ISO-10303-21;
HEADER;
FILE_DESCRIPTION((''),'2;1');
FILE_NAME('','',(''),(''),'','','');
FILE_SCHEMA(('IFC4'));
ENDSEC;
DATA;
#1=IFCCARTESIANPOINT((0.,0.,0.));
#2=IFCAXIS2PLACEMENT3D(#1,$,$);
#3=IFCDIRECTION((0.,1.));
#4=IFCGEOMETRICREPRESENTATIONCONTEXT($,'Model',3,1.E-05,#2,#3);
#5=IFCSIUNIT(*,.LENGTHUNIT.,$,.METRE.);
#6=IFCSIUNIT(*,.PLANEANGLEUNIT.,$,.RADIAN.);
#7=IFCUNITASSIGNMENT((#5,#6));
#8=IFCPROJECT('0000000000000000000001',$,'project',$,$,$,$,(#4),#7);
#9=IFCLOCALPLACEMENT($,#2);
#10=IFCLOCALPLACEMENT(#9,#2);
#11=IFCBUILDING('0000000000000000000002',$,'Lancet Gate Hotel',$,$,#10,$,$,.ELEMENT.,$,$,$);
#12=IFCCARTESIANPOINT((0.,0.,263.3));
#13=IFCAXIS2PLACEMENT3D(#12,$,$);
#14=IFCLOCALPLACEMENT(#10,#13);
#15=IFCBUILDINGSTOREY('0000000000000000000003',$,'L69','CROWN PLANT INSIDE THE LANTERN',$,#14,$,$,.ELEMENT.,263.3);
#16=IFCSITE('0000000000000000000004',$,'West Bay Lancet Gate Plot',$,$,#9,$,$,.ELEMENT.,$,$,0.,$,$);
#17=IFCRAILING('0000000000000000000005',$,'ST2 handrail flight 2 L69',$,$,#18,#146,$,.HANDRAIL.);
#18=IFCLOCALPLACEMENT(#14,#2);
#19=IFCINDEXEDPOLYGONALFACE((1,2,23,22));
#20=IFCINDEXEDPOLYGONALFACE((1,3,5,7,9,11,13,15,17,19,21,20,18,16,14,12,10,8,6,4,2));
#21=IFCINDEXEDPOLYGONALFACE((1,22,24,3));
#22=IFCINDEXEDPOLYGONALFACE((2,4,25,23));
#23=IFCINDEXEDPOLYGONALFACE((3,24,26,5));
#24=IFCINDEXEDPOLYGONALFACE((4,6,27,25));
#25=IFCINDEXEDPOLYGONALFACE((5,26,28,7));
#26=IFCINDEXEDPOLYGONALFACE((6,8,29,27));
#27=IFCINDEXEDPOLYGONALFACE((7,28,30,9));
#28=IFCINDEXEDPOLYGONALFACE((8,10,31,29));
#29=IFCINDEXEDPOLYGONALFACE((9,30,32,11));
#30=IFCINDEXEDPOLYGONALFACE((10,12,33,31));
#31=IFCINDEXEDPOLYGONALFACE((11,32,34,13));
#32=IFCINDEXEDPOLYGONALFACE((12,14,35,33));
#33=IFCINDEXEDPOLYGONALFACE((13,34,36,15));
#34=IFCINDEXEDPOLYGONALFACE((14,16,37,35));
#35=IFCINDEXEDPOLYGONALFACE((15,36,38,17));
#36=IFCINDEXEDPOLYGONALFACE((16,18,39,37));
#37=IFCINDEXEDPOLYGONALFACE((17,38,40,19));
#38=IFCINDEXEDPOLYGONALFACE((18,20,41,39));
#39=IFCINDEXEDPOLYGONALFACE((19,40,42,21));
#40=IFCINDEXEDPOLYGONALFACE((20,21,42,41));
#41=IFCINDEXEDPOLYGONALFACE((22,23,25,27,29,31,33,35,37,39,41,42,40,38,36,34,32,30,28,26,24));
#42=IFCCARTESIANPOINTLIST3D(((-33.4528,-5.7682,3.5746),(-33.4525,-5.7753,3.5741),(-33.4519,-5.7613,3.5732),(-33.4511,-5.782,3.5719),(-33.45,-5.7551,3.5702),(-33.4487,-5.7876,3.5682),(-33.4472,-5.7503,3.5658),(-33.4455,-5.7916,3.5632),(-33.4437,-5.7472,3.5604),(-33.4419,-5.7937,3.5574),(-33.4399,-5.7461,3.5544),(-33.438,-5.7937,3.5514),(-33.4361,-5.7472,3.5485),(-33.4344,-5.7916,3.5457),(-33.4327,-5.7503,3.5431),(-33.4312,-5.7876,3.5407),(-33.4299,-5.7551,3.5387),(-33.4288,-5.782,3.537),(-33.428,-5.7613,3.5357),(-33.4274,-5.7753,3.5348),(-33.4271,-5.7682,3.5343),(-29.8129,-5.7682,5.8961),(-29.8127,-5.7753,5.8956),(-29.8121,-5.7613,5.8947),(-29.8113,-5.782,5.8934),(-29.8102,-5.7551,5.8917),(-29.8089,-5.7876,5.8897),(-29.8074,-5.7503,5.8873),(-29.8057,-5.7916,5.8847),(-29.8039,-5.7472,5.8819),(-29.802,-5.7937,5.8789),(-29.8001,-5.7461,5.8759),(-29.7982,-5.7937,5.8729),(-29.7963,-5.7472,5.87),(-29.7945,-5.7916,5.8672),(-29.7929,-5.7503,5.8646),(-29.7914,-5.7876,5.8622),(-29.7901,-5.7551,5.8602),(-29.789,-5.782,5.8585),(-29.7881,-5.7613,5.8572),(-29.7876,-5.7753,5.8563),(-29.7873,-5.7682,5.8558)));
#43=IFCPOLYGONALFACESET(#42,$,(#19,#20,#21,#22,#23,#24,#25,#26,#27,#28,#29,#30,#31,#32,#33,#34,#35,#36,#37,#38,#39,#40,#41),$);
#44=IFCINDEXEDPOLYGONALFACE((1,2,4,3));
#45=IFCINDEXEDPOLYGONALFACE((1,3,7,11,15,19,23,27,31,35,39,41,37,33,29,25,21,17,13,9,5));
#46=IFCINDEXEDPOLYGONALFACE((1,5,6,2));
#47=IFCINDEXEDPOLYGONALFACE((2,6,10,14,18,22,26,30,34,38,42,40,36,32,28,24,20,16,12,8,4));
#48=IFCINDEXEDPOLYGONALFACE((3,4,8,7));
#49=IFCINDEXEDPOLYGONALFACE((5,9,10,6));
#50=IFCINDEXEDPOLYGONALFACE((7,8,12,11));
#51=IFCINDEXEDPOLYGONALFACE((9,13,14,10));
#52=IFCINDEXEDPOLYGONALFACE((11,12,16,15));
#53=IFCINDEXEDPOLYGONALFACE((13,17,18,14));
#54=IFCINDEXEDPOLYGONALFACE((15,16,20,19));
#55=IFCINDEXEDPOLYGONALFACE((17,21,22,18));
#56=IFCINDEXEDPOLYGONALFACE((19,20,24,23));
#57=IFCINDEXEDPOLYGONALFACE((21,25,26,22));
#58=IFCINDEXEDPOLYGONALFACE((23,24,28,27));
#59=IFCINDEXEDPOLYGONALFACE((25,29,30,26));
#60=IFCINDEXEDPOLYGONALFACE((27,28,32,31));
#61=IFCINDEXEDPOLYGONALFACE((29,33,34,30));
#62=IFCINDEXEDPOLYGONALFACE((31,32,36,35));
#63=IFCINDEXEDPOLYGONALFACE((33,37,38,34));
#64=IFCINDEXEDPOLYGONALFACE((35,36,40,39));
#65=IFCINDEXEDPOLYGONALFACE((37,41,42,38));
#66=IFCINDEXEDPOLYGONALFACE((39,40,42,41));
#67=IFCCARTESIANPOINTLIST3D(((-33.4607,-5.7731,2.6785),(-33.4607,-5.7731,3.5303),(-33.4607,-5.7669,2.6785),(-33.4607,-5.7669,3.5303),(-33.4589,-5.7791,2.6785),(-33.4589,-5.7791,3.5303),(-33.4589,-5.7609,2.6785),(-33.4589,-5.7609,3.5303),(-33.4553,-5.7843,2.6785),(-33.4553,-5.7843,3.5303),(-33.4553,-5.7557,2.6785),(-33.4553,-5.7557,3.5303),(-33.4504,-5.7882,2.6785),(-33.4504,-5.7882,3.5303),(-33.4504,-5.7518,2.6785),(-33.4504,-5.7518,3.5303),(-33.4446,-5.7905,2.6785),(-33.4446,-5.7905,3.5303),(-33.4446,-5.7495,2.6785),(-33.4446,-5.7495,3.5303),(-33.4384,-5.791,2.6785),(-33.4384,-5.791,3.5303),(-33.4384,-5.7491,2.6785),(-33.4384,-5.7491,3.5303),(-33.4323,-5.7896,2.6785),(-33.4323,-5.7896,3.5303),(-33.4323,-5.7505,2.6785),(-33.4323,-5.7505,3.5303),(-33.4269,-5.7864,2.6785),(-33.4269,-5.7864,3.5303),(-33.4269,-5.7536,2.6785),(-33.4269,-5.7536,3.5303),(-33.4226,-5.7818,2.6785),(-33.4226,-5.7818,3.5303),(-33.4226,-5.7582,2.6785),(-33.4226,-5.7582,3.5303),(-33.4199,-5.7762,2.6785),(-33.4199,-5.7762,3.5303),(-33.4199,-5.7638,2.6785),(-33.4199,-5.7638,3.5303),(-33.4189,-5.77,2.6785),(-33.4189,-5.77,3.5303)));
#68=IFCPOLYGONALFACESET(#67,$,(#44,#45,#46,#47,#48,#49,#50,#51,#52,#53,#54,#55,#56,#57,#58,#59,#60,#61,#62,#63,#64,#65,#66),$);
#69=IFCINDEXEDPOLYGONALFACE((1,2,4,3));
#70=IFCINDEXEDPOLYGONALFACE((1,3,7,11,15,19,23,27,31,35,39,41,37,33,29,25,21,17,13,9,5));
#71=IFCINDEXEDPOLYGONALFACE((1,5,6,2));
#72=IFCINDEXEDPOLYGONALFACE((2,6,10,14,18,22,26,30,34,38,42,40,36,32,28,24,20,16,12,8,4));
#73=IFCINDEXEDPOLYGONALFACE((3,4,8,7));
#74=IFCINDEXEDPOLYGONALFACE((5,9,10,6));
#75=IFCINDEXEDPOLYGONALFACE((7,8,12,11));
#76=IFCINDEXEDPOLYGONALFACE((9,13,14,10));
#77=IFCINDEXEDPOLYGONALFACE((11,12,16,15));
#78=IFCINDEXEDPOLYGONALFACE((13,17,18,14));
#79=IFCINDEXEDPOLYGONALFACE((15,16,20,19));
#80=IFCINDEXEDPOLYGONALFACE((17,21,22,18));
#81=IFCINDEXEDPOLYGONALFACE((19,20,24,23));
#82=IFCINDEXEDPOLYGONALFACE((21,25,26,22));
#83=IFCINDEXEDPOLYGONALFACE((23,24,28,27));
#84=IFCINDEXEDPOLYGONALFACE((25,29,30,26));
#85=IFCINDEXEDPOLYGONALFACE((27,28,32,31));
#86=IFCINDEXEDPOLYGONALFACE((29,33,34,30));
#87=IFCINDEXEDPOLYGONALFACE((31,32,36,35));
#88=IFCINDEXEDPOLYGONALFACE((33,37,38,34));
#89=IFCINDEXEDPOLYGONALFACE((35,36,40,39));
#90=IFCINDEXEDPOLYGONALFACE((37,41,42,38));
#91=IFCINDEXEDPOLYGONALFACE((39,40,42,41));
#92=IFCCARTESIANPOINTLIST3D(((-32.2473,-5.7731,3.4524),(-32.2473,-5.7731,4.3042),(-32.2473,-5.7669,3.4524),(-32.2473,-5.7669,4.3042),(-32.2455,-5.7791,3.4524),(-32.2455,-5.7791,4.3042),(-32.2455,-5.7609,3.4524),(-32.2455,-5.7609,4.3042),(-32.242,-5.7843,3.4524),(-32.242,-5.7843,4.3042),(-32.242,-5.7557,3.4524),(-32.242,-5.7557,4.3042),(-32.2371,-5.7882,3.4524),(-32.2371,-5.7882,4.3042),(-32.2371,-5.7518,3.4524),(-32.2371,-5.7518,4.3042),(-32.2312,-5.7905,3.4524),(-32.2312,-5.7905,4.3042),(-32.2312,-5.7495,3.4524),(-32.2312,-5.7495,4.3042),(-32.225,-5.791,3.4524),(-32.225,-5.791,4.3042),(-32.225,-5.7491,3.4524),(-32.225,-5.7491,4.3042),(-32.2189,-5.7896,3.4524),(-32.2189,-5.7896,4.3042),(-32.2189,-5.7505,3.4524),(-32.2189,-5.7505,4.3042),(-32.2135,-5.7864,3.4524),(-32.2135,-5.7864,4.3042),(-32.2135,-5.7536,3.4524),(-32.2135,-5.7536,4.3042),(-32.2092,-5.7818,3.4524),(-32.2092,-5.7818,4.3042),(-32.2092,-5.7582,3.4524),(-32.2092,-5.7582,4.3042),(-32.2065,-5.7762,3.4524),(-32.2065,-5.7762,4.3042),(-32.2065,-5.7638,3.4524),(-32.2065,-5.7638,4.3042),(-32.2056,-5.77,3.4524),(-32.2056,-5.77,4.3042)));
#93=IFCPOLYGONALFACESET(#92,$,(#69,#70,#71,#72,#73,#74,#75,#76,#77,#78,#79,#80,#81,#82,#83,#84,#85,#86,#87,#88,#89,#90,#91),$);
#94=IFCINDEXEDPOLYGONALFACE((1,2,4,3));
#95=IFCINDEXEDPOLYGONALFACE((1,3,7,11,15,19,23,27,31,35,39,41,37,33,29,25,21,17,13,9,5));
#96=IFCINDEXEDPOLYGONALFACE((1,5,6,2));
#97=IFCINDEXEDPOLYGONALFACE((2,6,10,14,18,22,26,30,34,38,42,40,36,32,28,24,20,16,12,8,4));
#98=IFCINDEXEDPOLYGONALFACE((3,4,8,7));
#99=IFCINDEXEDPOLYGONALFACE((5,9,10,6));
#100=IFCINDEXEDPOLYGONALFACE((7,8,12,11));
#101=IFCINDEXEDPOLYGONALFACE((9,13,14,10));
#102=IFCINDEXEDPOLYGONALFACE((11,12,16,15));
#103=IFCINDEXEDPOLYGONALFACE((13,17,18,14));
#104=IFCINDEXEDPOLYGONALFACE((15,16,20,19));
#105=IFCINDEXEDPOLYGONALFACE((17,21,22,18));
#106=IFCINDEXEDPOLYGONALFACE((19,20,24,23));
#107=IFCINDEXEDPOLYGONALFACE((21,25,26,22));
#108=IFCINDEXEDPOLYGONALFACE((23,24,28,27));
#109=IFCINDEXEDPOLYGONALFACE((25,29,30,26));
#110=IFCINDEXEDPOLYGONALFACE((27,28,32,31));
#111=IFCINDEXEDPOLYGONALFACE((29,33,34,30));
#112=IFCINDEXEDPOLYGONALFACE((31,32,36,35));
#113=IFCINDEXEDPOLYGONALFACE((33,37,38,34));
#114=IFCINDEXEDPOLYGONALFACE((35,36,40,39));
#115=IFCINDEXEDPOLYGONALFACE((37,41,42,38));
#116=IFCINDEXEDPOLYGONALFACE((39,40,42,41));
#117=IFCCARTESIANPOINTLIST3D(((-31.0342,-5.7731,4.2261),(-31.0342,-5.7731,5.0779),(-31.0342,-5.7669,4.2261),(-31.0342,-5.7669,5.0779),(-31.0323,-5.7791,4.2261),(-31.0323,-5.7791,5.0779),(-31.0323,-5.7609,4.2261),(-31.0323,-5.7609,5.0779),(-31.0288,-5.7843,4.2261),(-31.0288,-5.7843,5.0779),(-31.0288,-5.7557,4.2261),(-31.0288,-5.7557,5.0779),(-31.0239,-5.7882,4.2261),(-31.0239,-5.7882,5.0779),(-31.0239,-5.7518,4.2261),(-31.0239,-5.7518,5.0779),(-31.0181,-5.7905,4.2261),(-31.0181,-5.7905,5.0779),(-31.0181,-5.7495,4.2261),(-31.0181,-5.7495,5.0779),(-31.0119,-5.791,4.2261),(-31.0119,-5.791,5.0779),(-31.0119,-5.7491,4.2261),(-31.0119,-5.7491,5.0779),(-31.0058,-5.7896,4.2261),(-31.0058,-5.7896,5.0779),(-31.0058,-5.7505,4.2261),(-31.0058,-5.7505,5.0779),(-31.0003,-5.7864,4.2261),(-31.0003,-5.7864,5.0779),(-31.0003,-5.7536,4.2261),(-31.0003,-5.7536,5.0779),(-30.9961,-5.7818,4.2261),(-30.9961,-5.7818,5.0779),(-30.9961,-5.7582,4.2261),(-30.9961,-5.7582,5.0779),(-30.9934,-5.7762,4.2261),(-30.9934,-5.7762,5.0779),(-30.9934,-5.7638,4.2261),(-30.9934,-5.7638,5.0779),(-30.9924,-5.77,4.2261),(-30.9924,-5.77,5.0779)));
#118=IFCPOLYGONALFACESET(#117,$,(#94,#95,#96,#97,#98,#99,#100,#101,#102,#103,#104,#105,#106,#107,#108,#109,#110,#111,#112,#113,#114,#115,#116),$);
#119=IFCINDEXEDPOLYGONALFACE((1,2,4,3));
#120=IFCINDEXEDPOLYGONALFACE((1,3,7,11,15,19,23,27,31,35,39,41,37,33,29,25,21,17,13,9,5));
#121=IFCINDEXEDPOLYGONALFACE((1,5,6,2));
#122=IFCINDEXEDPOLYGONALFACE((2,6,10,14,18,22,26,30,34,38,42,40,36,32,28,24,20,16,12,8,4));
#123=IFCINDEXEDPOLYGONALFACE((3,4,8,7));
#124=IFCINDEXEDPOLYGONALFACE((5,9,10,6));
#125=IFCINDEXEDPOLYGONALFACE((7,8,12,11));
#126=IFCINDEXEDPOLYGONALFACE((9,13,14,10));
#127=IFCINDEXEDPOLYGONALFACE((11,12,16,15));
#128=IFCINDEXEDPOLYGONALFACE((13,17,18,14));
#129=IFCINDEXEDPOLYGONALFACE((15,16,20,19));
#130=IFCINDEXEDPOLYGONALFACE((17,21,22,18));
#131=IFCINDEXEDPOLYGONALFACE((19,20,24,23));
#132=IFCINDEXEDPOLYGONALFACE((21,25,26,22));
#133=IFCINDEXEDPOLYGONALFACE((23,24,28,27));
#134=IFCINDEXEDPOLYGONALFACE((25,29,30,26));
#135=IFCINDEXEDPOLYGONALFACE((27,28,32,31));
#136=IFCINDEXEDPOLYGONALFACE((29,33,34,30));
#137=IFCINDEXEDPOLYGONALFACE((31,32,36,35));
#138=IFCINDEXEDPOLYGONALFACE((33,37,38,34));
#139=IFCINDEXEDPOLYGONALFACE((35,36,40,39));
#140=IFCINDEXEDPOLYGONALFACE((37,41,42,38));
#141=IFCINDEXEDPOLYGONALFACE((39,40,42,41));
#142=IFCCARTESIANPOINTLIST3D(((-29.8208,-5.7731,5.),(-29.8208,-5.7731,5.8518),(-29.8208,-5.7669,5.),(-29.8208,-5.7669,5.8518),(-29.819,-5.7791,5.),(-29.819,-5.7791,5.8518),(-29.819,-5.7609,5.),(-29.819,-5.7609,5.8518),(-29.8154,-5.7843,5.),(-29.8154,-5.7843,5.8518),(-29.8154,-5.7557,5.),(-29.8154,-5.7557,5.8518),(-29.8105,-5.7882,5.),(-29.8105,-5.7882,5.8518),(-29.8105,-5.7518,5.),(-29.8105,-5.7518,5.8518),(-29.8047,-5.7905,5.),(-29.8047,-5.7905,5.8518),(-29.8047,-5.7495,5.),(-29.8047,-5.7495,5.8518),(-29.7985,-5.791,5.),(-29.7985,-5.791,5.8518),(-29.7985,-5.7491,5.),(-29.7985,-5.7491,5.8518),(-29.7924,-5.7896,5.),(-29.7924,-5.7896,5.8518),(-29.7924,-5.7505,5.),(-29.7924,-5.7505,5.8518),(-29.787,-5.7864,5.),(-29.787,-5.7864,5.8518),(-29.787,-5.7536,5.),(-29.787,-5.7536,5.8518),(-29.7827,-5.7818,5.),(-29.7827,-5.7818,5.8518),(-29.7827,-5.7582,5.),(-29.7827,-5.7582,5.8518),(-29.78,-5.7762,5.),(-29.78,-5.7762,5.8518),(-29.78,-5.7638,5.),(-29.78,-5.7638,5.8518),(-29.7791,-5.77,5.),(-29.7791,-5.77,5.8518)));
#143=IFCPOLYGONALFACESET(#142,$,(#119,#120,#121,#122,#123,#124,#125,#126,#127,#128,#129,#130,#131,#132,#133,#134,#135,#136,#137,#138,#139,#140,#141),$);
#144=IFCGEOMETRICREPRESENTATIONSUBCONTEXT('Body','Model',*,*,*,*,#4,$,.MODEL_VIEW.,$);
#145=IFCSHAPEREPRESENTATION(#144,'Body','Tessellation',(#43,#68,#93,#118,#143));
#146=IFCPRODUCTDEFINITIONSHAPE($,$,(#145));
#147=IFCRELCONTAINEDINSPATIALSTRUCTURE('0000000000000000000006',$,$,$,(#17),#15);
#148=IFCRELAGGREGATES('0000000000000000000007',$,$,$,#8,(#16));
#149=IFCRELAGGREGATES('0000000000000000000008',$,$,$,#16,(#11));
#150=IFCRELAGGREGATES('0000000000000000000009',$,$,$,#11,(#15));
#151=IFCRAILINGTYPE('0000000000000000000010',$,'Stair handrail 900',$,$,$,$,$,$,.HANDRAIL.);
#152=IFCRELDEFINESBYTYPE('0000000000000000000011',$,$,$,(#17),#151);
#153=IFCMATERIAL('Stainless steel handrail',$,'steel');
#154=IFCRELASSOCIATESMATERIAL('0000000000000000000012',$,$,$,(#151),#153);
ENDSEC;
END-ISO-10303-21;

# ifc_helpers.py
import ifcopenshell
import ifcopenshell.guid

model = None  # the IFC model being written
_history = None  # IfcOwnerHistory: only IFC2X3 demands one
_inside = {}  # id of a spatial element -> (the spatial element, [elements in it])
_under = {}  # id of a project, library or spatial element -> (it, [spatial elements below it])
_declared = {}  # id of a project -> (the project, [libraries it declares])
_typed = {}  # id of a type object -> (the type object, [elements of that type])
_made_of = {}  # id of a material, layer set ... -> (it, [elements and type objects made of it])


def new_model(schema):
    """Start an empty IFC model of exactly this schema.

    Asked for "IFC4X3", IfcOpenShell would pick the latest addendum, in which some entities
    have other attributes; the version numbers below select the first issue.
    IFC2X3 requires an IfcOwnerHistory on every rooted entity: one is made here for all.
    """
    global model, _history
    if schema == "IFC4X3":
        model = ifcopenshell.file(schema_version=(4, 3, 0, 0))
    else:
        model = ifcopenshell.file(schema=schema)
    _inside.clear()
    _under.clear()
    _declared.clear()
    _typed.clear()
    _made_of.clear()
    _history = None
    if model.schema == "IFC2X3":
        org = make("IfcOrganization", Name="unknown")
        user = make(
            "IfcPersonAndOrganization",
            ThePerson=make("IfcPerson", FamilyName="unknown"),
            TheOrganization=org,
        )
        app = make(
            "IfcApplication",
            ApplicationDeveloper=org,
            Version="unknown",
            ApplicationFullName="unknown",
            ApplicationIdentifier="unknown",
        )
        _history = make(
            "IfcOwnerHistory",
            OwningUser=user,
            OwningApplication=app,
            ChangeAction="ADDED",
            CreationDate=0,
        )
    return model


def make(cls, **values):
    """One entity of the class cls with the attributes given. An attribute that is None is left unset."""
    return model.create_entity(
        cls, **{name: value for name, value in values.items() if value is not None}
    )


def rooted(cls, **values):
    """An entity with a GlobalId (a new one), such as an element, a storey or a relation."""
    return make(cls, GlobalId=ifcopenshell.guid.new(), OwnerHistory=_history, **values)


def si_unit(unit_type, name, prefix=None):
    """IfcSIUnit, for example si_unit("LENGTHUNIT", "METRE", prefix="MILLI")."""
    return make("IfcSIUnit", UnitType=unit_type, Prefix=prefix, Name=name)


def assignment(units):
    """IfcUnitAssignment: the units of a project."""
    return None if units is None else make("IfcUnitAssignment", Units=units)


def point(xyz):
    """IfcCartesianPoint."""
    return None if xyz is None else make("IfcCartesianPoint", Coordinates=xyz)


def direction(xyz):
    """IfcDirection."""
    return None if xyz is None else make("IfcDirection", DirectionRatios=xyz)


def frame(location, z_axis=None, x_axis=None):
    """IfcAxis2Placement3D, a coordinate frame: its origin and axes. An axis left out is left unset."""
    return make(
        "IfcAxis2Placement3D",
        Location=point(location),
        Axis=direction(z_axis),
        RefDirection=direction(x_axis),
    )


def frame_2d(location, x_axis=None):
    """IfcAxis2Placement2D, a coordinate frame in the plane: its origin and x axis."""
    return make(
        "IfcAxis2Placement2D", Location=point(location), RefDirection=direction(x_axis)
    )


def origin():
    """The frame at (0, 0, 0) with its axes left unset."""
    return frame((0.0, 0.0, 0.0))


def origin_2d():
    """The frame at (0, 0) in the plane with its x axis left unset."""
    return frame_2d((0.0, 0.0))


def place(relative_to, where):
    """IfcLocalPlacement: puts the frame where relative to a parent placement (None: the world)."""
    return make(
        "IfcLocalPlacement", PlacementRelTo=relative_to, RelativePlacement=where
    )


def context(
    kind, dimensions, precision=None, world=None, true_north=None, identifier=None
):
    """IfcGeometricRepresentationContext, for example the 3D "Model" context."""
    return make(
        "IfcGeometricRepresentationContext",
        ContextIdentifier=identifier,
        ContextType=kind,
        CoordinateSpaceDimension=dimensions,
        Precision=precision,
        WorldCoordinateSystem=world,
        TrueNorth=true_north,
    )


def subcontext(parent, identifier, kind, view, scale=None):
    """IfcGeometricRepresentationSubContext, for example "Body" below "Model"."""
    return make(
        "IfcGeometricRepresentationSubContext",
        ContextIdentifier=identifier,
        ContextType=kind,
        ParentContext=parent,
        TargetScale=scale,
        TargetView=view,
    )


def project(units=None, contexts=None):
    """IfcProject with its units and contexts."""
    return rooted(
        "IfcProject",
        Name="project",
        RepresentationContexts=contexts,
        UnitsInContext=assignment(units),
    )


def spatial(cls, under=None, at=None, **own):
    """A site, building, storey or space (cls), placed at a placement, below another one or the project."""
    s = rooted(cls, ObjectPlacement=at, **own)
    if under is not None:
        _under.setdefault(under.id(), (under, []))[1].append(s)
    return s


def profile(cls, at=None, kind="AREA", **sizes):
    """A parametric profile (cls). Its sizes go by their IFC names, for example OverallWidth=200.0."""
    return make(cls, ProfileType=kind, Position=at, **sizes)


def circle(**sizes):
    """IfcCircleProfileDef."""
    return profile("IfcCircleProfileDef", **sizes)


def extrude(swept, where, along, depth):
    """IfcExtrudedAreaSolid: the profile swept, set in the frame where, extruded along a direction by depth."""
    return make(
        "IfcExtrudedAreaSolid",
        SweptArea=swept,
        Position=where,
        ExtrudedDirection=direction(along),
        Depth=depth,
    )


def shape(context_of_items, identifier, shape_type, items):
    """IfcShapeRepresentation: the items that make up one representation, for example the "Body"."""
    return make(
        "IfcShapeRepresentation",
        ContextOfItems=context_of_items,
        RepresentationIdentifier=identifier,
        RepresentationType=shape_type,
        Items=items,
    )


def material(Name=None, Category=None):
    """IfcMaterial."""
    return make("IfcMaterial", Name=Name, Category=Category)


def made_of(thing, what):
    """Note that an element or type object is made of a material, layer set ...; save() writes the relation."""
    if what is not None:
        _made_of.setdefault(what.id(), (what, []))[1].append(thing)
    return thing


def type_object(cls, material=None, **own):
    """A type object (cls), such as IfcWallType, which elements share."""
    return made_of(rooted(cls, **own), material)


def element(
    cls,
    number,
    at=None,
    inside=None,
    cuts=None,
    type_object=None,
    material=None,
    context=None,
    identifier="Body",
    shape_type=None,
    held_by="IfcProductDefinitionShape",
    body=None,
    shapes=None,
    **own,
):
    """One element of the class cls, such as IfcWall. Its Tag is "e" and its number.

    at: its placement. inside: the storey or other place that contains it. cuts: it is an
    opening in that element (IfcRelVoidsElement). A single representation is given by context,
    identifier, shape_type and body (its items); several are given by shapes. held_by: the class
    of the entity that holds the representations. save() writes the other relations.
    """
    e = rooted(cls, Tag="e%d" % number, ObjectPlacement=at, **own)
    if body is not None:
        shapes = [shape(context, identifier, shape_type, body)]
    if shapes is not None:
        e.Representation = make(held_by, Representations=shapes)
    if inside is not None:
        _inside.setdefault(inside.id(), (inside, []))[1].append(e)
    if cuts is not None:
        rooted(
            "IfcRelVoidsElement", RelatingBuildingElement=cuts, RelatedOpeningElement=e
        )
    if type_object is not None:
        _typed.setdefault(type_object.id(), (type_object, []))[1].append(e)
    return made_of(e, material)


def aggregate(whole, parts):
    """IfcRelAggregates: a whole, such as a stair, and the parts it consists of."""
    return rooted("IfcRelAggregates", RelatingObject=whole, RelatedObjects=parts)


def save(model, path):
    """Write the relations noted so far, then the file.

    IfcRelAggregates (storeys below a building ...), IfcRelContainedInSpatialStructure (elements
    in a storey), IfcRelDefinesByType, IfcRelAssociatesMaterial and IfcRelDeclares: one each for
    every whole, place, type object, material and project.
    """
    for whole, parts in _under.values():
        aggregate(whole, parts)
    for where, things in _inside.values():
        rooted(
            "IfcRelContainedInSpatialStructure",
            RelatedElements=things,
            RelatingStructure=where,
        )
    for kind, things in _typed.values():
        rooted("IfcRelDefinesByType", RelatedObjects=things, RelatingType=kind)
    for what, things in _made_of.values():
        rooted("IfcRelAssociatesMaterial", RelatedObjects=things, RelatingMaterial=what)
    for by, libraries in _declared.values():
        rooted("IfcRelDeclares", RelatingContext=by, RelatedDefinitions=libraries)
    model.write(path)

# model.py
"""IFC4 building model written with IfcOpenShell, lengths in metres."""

from ifc_helpers import new_model, si_unit, direction, frame, origin, origin_2d, place, context, subcontext, project, spatial, circle, extrude, material, type_object, element, save


model = new_model("IFC4")

# Units and contexts
model_context = context("Model", 3, precision=1e-05, world=origin(), true_north=direction((0.0, 1.0)))
body_context = subcontext(model_context, "Body", "Model", "MODEL_VIEW")
ifc_project = project(units=[si_unit("LENGTHUNIT", "METRE"), si_unit("PLANEANGLEUNIT", "RADIAN")], contexts=[model_context])

# Site, building, storey
site_placement = place(None, origin())
site = spatial("IfcSite", under=ifc_project, at=site_placement, Name="West Bay Lancet Gate Plot", CompositionType="ELEMENT", RefElevation=0.0)
building_placement = place(site_placement, origin())
building = spatial("IfcBuilding", under=site, at=building_placement, Name="Lancet Gate Hotel", CompositionType="ELEMENT")
storey_placement = place(building_placement, frame((0.0, 0.0, 263.3)))
storey = spatial("IfcBuildingStorey", under=building, at=storey_placement, Name="L69", Description="CROWN PLANT INSIDE THE LANTERN", CompositionType="ELEMENT", Elevation=263.3)

# Railing
ifc_material_1 = material(Name="Stainless steel handrail", Category="steel")
railing_type = type_object("IfcRailingType", Name="Stair handrail 900", PredefinedType="HANDRAIL", material=ifc_material_1)
railing_1_placement = place(storey_placement, frame((-33.4399, -5.77, 2.6785)))
element("IfcRailing", 1, at=railing_1_placement, inside=storey, type_object=railing_type, Name="ST2 handrail flight 2 L69", PredefinedType="HANDRAIL", context=body_context, shape_type="SweptSolid", body=[
    extrude(circle(Radius=0.0239, at=origin_2d()), frame((0.0, 0.0, 0.876), z_axis=(0.843112, 0.0, 0.537739), x_axis=(0.0, 1.0, 0.0)), (0.0, 0.0, 1.0), 4.3171),
    extrude(circle(Radius=0.021, at=origin_2d()), origin(), (0.0, 0.0, 1.0), 0.8518),
    extrude(circle(Radius=0.021, at=origin_2d()), frame((1.2134, 0.0, 0.7739)), (0.0, 0.0, 1.0), 0.8518),
    extrude(circle(Radius=0.021, at=origin_2d()), frame((2.4265, 0.0, 1.5476)), (0.0, 0.0, 1.0), 0.8518),
    extrude(circle(Radius=0.021, at=origin_2d()), frame((3.6399, 0.0, 2.3215)), (0.0, 0.0, 1.0), 0.8518),
])

save(model, "model.ifc")
